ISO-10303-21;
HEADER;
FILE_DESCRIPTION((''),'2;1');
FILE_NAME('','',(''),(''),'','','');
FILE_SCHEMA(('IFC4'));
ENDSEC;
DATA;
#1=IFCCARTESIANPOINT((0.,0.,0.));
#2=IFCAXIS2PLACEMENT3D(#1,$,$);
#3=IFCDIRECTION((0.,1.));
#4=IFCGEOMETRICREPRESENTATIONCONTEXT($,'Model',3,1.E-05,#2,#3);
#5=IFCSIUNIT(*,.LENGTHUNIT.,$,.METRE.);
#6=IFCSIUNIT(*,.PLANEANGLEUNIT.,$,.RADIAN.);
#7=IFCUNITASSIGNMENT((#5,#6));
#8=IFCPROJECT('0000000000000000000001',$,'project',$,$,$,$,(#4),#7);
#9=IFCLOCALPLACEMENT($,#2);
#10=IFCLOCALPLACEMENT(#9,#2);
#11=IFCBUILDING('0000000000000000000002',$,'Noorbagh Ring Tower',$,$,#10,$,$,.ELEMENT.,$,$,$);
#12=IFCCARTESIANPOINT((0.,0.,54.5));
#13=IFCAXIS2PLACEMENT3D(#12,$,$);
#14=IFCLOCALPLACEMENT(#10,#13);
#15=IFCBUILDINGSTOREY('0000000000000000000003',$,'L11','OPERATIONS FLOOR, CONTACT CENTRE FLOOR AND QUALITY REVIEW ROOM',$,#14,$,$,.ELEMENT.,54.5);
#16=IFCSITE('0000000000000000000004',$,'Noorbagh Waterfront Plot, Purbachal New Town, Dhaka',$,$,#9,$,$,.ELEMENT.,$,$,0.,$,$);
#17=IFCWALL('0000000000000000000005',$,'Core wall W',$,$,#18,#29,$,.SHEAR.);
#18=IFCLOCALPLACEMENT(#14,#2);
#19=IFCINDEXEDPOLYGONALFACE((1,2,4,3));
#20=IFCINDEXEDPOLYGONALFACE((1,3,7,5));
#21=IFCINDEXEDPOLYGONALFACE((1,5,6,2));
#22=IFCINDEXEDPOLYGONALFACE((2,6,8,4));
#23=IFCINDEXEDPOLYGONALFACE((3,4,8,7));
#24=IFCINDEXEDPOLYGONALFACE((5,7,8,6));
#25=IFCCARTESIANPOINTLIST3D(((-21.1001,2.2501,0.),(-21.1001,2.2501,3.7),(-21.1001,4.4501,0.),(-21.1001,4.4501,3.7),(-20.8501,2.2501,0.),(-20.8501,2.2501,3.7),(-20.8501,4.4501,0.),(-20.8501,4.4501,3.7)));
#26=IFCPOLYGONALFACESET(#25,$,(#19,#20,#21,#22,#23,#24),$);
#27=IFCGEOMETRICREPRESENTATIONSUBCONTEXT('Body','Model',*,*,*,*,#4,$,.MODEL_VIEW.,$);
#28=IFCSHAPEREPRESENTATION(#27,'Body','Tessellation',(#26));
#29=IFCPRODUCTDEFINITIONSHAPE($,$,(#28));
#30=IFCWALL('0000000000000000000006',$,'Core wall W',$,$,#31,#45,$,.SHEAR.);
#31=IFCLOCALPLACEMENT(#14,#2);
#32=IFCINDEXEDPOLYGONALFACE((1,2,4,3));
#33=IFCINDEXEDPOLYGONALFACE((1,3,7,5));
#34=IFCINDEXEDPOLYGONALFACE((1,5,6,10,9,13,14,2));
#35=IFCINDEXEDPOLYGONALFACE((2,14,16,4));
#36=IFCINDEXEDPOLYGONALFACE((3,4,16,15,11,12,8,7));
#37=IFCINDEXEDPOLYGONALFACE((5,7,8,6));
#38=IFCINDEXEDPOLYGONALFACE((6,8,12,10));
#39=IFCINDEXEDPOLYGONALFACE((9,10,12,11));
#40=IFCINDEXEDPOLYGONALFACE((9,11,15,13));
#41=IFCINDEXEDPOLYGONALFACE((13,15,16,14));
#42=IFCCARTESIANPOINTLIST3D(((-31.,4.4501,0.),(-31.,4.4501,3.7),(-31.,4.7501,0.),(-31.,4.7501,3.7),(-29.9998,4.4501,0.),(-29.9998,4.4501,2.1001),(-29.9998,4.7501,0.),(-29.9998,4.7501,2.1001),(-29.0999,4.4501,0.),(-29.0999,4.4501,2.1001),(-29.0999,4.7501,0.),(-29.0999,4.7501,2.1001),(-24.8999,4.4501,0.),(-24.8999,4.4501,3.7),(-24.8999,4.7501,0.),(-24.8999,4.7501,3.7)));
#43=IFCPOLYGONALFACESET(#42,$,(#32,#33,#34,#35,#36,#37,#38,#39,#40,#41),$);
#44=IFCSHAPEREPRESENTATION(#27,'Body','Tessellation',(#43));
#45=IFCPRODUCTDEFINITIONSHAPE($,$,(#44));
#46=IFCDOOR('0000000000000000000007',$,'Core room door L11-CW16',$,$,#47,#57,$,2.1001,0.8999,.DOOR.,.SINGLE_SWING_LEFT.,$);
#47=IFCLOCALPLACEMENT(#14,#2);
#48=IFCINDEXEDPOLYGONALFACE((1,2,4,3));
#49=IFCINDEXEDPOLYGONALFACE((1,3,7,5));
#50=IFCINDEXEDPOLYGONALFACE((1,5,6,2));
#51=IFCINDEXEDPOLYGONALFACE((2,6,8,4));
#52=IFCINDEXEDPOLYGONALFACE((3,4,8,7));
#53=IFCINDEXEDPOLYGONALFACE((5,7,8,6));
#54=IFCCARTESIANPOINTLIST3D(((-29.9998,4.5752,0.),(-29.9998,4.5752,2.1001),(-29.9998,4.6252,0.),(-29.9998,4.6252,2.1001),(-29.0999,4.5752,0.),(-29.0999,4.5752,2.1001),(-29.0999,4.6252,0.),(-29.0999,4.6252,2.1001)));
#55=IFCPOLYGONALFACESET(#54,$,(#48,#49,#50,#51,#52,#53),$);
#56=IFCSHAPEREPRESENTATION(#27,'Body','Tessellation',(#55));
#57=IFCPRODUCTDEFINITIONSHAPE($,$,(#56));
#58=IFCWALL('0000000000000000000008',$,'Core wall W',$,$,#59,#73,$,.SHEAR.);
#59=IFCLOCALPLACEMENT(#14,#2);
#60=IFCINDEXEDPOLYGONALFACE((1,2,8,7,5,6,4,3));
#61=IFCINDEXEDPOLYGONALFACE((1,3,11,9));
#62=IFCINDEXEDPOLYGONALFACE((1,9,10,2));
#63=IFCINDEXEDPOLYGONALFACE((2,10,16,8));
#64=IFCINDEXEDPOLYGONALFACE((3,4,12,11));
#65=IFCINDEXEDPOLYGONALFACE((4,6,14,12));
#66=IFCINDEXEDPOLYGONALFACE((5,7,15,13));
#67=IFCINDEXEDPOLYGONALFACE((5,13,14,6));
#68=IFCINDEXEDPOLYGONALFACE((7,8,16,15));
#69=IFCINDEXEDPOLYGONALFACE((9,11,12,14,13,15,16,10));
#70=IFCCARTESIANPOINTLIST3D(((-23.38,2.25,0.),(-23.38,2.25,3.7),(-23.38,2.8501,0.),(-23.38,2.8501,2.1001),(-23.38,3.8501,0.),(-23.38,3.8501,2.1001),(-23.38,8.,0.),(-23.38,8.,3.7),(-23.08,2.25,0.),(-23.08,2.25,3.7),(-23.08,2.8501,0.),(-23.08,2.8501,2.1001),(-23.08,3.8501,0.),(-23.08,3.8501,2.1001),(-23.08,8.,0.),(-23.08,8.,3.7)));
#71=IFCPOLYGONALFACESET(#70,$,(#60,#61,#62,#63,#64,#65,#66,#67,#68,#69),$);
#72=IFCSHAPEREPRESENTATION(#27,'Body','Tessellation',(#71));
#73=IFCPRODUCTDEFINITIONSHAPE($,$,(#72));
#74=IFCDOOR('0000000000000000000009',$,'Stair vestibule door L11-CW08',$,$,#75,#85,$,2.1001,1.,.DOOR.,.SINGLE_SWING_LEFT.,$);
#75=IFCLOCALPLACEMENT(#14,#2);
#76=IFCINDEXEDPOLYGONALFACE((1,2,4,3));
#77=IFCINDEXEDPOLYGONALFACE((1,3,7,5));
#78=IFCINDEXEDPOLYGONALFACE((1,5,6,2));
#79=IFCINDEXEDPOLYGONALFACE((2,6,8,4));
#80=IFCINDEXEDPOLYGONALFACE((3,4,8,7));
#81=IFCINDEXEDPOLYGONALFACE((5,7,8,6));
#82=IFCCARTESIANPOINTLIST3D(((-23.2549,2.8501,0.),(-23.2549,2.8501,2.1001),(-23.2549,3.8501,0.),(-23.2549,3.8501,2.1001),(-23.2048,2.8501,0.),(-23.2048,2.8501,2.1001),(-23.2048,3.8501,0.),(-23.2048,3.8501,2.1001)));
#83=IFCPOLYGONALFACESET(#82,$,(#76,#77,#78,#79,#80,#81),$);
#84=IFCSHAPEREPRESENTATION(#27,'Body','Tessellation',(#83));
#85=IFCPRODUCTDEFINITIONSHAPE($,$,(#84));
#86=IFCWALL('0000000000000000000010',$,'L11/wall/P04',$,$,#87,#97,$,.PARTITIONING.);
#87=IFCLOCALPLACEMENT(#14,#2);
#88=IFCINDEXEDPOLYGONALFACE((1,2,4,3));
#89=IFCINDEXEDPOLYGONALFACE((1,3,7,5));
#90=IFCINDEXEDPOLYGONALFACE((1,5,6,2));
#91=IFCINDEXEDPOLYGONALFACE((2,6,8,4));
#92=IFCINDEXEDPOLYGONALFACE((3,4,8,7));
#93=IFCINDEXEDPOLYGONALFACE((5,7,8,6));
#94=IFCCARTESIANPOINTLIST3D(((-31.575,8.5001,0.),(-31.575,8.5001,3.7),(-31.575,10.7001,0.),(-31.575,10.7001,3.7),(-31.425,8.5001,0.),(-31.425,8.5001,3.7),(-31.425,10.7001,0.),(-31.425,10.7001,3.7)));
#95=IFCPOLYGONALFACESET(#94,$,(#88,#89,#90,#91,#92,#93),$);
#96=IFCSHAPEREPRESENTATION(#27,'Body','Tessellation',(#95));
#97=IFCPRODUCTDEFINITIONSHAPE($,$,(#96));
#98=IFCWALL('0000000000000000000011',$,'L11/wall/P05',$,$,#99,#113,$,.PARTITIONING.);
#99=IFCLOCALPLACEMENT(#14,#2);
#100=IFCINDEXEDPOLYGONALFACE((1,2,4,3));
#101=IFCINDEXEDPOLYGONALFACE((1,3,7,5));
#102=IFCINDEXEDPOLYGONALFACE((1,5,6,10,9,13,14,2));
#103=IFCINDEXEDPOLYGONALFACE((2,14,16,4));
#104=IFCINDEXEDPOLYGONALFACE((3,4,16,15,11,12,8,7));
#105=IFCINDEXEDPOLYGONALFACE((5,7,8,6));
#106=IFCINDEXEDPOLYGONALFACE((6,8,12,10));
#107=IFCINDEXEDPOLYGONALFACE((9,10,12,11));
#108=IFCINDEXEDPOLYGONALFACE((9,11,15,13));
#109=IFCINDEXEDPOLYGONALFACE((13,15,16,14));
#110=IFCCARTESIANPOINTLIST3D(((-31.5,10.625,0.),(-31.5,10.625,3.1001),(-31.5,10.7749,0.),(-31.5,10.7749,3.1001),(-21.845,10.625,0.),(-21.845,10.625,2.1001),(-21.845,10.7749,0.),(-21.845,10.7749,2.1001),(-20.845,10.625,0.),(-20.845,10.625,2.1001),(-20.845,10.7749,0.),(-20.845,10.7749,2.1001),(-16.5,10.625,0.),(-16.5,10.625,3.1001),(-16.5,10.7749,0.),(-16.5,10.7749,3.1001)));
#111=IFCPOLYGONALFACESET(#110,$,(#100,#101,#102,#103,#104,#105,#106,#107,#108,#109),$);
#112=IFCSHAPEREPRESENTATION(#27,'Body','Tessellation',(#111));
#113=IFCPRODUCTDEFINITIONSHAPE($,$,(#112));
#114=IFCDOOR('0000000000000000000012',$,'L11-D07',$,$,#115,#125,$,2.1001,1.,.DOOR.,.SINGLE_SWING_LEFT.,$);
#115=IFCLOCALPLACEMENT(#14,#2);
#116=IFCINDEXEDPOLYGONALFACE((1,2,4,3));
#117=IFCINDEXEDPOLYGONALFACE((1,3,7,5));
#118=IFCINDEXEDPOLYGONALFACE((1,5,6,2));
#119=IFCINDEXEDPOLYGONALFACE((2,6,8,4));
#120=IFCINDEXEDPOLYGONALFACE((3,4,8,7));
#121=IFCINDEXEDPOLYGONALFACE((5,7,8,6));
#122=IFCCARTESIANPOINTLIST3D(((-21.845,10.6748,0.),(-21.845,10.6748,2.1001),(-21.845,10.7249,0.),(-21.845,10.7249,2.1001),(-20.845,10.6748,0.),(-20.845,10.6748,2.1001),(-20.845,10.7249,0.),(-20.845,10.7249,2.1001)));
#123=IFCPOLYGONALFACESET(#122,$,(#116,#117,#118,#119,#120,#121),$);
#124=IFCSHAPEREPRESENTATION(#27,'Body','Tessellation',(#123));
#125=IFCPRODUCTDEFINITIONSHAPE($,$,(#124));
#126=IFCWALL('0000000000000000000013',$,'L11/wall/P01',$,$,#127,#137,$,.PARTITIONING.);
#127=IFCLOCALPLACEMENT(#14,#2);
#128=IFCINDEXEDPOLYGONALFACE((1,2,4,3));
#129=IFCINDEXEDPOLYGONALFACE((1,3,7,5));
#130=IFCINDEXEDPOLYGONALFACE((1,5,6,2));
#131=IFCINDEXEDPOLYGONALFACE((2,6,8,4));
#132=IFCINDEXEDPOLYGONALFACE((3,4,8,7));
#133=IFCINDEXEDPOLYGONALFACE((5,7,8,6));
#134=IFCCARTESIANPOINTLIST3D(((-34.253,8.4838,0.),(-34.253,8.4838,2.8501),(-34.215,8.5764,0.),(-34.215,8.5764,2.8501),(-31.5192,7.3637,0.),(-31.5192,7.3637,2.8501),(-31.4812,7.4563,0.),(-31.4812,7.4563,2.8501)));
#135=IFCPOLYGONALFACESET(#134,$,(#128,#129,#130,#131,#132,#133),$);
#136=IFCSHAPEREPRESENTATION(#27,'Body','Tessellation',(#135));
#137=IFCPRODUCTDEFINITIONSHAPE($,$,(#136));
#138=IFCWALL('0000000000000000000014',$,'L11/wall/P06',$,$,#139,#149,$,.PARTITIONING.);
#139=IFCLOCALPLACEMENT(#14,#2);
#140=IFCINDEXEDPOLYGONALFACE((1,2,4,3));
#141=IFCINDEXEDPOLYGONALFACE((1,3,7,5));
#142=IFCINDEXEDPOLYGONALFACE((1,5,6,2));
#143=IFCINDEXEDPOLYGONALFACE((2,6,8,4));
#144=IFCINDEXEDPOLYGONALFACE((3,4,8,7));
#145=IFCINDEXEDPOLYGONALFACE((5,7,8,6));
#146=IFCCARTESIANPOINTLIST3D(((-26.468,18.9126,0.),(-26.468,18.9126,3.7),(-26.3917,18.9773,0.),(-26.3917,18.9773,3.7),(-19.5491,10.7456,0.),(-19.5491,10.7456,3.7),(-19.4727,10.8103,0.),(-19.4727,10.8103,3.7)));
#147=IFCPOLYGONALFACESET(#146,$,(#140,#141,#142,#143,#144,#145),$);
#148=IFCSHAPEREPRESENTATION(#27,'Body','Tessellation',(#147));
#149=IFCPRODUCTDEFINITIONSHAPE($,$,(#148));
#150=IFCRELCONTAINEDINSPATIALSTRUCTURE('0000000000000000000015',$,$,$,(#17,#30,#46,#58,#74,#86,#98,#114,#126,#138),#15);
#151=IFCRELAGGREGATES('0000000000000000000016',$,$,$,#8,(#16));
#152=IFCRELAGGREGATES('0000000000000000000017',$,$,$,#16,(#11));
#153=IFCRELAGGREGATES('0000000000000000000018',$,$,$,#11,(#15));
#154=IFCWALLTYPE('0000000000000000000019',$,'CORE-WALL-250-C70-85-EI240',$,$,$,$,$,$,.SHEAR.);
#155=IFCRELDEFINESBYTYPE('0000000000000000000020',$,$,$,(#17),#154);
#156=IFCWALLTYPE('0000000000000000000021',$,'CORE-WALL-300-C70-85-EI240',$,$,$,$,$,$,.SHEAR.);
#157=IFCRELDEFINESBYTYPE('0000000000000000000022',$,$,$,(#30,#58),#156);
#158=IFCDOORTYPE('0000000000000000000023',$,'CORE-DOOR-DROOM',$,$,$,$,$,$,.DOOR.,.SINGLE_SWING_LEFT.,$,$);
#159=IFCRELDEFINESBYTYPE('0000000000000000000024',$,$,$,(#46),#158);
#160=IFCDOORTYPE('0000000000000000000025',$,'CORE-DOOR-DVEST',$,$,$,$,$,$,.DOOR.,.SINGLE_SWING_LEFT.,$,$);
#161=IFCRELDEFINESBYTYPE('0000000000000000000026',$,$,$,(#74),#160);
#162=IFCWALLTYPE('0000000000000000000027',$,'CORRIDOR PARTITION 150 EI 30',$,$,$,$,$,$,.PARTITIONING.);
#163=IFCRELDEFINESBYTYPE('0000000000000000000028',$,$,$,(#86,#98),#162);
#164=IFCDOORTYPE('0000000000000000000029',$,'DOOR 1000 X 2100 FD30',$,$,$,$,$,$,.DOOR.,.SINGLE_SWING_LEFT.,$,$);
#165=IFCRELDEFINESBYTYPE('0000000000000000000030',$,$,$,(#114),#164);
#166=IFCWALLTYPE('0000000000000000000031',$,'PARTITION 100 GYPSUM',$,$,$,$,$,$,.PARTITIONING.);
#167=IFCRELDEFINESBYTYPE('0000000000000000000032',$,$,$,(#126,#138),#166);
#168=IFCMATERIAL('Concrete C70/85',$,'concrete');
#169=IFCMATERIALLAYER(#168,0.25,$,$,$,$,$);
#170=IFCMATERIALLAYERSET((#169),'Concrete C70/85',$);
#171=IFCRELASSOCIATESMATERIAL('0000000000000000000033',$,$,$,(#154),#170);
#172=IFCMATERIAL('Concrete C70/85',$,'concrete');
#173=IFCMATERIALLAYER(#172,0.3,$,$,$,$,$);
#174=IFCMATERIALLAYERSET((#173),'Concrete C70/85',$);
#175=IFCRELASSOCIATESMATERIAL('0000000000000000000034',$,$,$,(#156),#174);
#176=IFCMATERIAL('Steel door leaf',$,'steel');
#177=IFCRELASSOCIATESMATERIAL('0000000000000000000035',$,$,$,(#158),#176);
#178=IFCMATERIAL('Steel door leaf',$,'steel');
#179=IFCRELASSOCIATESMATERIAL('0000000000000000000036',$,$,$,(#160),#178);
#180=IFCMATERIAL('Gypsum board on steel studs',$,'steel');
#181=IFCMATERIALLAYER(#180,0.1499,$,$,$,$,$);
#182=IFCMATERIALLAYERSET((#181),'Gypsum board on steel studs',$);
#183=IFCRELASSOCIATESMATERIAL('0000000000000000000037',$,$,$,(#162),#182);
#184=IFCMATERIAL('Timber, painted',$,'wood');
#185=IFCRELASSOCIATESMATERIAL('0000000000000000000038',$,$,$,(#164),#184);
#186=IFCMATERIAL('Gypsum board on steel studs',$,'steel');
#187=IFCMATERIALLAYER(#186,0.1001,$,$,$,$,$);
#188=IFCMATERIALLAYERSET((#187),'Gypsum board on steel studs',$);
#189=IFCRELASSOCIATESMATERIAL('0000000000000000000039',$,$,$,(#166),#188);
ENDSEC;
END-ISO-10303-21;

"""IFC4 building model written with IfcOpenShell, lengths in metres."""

from ifc_helpers import new_model, si_unit, direction, frame, frame_2d, origin, place, context, subcontext, project, spatial, rectangle, extrude, material, layer, layer_set, type_object, element, fill, save


model = new_model("IFC4")

# Units and contexts
model_context = context("Model", 3, precision=1e-05, world=origin(), true_north=direction((0.0, 1.0)))
body_context = subcontext(model_context, "Body", "Model", "MODEL_VIEW")
ifc_project = project(units=[si_unit("LENGTHUNIT", "METRE"), si_unit("PLANEANGLEUNIT", "RADIAN")], contexts=[model_context])

# Site, building, storey
site_placement = place(None, origin())
site = spatial("IfcSite", under=ifc_project, at=site_placement, Name="Noorbagh Waterfront Plot, Purbachal New Town, Dhaka", CompositionType="ELEMENT", RefElevation=0.0)
building_placement = place(site_placement, origin())
building = spatial("IfcBuilding", under=site, at=building_placement, Name="Noorbagh Ring Tower", CompositionType="ELEMENT")
storey_placement = place(building_placement, frame((0.0, 0.0, 54.5)))
storey = spatial("IfcBuildingStorey", under=building, at=storey_placement, Name="L11", Description="OPERATIONS FLOOR, CONTACT CENTRE FLOOR AND QUALITY REVIEW ROOM", CompositionType="ELEMENT", Elevation=54.5)

# Wall
ifc_material_1 = material(Name="Concrete C70/85", Category="concrete")
ifc_layer_1 = layer(ifc_material_1, 0.25)
ifc_layer_set_1 = layer_set([ifc_layer_1], Name="Concrete C70/85")
wall_type_1 = type_object("IfcWallType", Name="CORE-WALL-250-C70-85-EI240", PredefinedType="SHEAR", material=ifc_layer_set_1)
wall_1_placement = place(storey_placement, frame((-20.9751, 2.25, 0.0), z_axis=(0.0, 0.0, 1.0), x_axis=(0.0, 1.0, 0.0)))
element("IfcWall", 1, at=wall_1_placement, inside=storey, type_object=wall_type_1, Name="Core wall W", PredefinedType="SHEAR", context=body_context, shape_type="SweptSolid", body=[
    extrude(rectangle(XDim=2.2, YDim=0.25, at=frame_2d((1.1001, 0.0))), origin(), (0.0, 0.0, 1.0), 3.7),
])

# Walls, openings, doors
ifc_material_2 = material(Name="Concrete C70/85", Category="concrete")
ifc_layer_2 = layer(ifc_material_2, 0.3)
ifc_layer_set_2 = layer_set([ifc_layer_2], Name="Concrete C70/85")
wall_type_2 = type_object("IfcWallType", Name="CORE-WALL-300-C70-85-EI240", PredefinedType="SHEAR", material=ifc_layer_set_2)
wall_2_placement = place(storey_placement, frame((-24.8999, 4.6001, 0.0), z_axis=(0.0, 0.0, 1.0), x_axis=(-1.0, 0.0, 0.0)))
wall_2 = element("IfcWall", 2, at=wall_2_placement, inside=storey, type_object=wall_type_2, Name="Core wall W", PredefinedType="SHEAR", context=body_context, shape_type="SweptSolid", body=[
    extrude(rectangle(XDim=6.1001, YDim=0.3, at=frame_2d((3.05, 0.0))), origin(), (0.0, 0.0, 1.0), 3.7),
])
opening_1_placement = place(wall_2_placement, frame((4.2, 0.0, 0.0)))
opening_1 = element("IfcOpeningElement", 3, at=opening_1_placement, cuts=wall_2, PredefinedType="OPENING", context=body_context, shape_type="SweptSolid", body=[
    extrude(rectangle(XDim=0.8999, YDim=2.1001, at=frame_2d((0.45, 1.05))), frame((0.0, 0.1602, 0.0), z_axis=(0.0, -1.0, 0.0), x_axis=(1.0, 0.0, 0.0)), (0.0, 0.0, 1.0), 0.3201),
])
ifc_material_3 = material(Name="Steel door leaf", Category="steel")
door_type_1 = type_object("IfcDoorType", Name="CORE-DOOR-DROOM", OperationType="SINGLE_SWING_LEFT", PredefinedType="DOOR", material=ifc_material_3)
door_1_placement = place(opening_1_placement, origin())
door_1 = element("IfcDoor", 4, at=door_1_placement, inside=storey, type_object=door_type_1, Name="Core room door L11-CW16", OperationType="SINGLE_SWING_LEFT", OverallHeight=2.1001, OverallWidth=0.8999, PredefinedType="DOOR", context=body_context, shape_type="SweptSolid", body=[
    extrude(rectangle(XDim=0.8999, YDim=2.1001, at=frame_2d((0.45, 1.05))), frame((0.0, 0.0249, 0.0), z_axis=(0.0, -1.0, 0.0), x_axis=(1.0, 0.0, 0.0)), (0.0, 0.0, 1.0), 0.05),
])
fill(opening_1, door_1)
wall_3_placement = place(storey_placement, frame((-23.23, 2.25, 0.0), z_axis=(0.0, 0.0, 1.0), x_axis=(0.0, 1.0, 0.0)))
wall_3 = element("IfcWall", 5, at=wall_3_placement, inside=storey, type_object=wall_type_2, Name="Core wall W", PredefinedType="SHEAR", context=body_context, shape_type="SweptSolid", body=[
    extrude(rectangle(XDim=5.75, YDim=0.3, at=frame_2d((2.875, 0.0))), origin(), (0.0, 0.0, 1.0), 3.7),
])
opening_2_placement = place(wall_3_placement, frame((0.6001, 0.0, 0.0)))
opening_2 = element("IfcOpeningElement", 6, at=opening_2_placement, cuts=wall_3, PredefinedType="OPENING", context=body_context, shape_type="SweptSolid", body=[
    extrude(rectangle(XDim=1.0, YDim=2.1001, at=frame_2d((0.5, 1.05))), frame((0.0, 0.1602, 0.0), z_axis=(0.0, -1.0, 0.0), x_axis=(1.0, 0.0, 0.0)), (0.0, 0.0, 1.0), 0.3201),
])
ifc_material_4 = material(Name="Steel door leaf", Category="steel")
door_type_2 = type_object("IfcDoorType", Name="CORE-DOOR-DVEST", OperationType="SINGLE_SWING_LEFT", PredefinedType="DOOR", material=ifc_material_4)
door_2_placement = place(opening_2_placement, origin())
door_2 = element("IfcDoor", 7, at=door_2_placement, inside=storey, type_object=door_type_2, Name="Stair vestibule door L11-CW08", OperationType="SINGLE_SWING_LEFT", OverallHeight=2.1001, OverallWidth=1.0, PredefinedType="DOOR", context=body_context, shape_type="SweptSolid", body=[
    extrude(rectangle(XDim=1.0, YDim=2.1001, at=frame_2d((0.5, 1.05))), frame((0.0, 0.0249, 0.0), z_axis=(0.0, -1.0, 0.0), x_axis=(1.0, 0.0, 0.0)), (0.0, 0.0, 1.0), 0.05),
])
fill(opening_2, door_2)

# Wall
ifc_material_5 = material(Name="Gypsum board on steel studs", Category="steel")
ifc_layer_3 = layer(ifc_material_5, 0.1499)
ifc_layer_set_3 = layer_set([ifc_layer_3], Name="Gypsum board on steel studs")
wall_type_3 = type_object("IfcWallType", Name="CORRIDOR PARTITION 150 EI 30", PredefinedType="PARTITIONING", material=ifc_layer_set_3)
wall_4_placement = place(storey_placement, frame((-31.5, 8.5, 0.0), z_axis=(0.0, 0.0, 1.0), x_axis=(0.0, 1.0, 0.0)))
element("IfcWall", 8, at=wall_4_placement, inside=storey, type_object=wall_type_3, Name="L11/wall/P04", PredefinedType="PARTITIONING", context=body_context, shape_type="SweptSolid", body=[
    extrude(rectangle(XDim=2.2, YDim=0.1499, at=frame_2d((1.1001, 0.0))), origin(), (0.0, 0.0, 1.0), 3.7),
])

# Wall, opening, door
wall_5_placement = place(storey_placement, frame((-31.5, 10.7, 0.0), z_axis=(0.0, 0.0, 1.0), x_axis=(1.0, 0.0, 0.0)))
wall_5 = element("IfcWall", 9, at=wall_5_placement, inside=storey, type_object=wall_type_3, Name="L11/wall/P05", PredefinedType="PARTITIONING", context=body_context, shape_type="SweptSolid", body=[
    extrude(rectangle(XDim=15.0, YDim=0.1499, at=frame_2d((7.5, 0.0))), origin(), (0.0, 0.0, 1.0), 3.1001),
])
opening_3_placement = place(wall_5_placement, frame((9.655, 0.0, 0.0)))
opening_3 = element("IfcOpeningElement", 10, at=opening_3_placement, cuts=wall_5, PredefinedType="OPENING", context=body_context, shape_type="SweptSolid", body=[
    extrude(rectangle(XDim=1.0, YDim=2.1001, at=frame_2d((0.5, 1.05))), frame((0.0, 0.085, 0.0), z_axis=(0.0, -1.0, 0.0), x_axis=(1.0, 0.0, 0.0)), (0.0, 0.0, 1.0), 0.1699),
])
ifc_material_6 = material(Name="Timber, painted", Category="wood")
door_type_3 = type_object("IfcDoorType", Name="DOOR 1000 X 2100 FD30", OperationType="SINGLE_SWING_LEFT", PredefinedType="DOOR", material=ifc_material_6)
door_3_placement = place(opening_3_placement, origin())
door_3 = element("IfcDoor", 11, at=door_3_placement, inside=storey, type_object=door_type_3, Name="L11-D07", OperationType="SINGLE_SWING_LEFT", OverallHeight=2.1001, OverallWidth=1.0, PredefinedType="DOOR", context=body_context, shape_type="SweptSolid", body=[
    extrude(rectangle(XDim=1.0, YDim=2.1001, at=frame_2d((0.5, 1.05))), frame((0.0, 0.0249, 0.0), z_axis=(0.0, -1.0, 0.0), x_axis=(1.0, 0.0, 0.0)), (0.0, 0.0, 1.0), 0.05),
])
fill(opening_3, door_3)

# Walls
ifc_material_7 = material(Name="Gypsum board on steel studs", Category="steel")
ifc_layer_4 = layer(ifc_material_7, 0.1001)
ifc_layer_set_4 = layer_set([ifc_layer_4], Name="Gypsum board on steel studs")
wall_type_4 = type_object("IfcWallType", Name="PARTITION 100 GYPSUM", PredefinedType="PARTITIONING", material=ifc_layer_set_4)
wall_6_placement = place(storey_placement, frame((-34.2339, 8.53, 0.0), z_axis=(0.0, 0.0, 1.0), x_axis=(0.925344, -0.379128, 0.0)))
element("IfcWall", 12, at=wall_6_placement, inside=storey, type_object=wall_type_4, Name="L11/wall/P01", PredefinedType="PARTITIONING", context=body_context, shape_type="SweptSolid", body=[
    extrude(rectangle(XDim=2.9543, YDim=0.1001, at=frame_2d((1.4771, 0.0))), origin(), (0.0, 0.0, 1.0), 2.8501),
])
wall_7_placement = place(storey_placement, frame((-26.4299, 18.9451, 0.0), z_axis=(0.0, 0.0, 1.0), x_axis=(0.6464, -0.762999, 0.0)))
element("IfcWall", 13, at=wall_7_placement, inside=storey, type_object=wall_type_4, Name="L11/wall/P06", PredefinedType="PARTITIONING", context=body_context, shape_type="SweptSolid", body=[
    extrude(rectangle(XDim=10.7039, YDim=0.1001, at=frame_2d((5.3521, 0.0))), origin(), (0.0, 0.0, 1.0), 3.7),
])

save(model, "model.ifc")
